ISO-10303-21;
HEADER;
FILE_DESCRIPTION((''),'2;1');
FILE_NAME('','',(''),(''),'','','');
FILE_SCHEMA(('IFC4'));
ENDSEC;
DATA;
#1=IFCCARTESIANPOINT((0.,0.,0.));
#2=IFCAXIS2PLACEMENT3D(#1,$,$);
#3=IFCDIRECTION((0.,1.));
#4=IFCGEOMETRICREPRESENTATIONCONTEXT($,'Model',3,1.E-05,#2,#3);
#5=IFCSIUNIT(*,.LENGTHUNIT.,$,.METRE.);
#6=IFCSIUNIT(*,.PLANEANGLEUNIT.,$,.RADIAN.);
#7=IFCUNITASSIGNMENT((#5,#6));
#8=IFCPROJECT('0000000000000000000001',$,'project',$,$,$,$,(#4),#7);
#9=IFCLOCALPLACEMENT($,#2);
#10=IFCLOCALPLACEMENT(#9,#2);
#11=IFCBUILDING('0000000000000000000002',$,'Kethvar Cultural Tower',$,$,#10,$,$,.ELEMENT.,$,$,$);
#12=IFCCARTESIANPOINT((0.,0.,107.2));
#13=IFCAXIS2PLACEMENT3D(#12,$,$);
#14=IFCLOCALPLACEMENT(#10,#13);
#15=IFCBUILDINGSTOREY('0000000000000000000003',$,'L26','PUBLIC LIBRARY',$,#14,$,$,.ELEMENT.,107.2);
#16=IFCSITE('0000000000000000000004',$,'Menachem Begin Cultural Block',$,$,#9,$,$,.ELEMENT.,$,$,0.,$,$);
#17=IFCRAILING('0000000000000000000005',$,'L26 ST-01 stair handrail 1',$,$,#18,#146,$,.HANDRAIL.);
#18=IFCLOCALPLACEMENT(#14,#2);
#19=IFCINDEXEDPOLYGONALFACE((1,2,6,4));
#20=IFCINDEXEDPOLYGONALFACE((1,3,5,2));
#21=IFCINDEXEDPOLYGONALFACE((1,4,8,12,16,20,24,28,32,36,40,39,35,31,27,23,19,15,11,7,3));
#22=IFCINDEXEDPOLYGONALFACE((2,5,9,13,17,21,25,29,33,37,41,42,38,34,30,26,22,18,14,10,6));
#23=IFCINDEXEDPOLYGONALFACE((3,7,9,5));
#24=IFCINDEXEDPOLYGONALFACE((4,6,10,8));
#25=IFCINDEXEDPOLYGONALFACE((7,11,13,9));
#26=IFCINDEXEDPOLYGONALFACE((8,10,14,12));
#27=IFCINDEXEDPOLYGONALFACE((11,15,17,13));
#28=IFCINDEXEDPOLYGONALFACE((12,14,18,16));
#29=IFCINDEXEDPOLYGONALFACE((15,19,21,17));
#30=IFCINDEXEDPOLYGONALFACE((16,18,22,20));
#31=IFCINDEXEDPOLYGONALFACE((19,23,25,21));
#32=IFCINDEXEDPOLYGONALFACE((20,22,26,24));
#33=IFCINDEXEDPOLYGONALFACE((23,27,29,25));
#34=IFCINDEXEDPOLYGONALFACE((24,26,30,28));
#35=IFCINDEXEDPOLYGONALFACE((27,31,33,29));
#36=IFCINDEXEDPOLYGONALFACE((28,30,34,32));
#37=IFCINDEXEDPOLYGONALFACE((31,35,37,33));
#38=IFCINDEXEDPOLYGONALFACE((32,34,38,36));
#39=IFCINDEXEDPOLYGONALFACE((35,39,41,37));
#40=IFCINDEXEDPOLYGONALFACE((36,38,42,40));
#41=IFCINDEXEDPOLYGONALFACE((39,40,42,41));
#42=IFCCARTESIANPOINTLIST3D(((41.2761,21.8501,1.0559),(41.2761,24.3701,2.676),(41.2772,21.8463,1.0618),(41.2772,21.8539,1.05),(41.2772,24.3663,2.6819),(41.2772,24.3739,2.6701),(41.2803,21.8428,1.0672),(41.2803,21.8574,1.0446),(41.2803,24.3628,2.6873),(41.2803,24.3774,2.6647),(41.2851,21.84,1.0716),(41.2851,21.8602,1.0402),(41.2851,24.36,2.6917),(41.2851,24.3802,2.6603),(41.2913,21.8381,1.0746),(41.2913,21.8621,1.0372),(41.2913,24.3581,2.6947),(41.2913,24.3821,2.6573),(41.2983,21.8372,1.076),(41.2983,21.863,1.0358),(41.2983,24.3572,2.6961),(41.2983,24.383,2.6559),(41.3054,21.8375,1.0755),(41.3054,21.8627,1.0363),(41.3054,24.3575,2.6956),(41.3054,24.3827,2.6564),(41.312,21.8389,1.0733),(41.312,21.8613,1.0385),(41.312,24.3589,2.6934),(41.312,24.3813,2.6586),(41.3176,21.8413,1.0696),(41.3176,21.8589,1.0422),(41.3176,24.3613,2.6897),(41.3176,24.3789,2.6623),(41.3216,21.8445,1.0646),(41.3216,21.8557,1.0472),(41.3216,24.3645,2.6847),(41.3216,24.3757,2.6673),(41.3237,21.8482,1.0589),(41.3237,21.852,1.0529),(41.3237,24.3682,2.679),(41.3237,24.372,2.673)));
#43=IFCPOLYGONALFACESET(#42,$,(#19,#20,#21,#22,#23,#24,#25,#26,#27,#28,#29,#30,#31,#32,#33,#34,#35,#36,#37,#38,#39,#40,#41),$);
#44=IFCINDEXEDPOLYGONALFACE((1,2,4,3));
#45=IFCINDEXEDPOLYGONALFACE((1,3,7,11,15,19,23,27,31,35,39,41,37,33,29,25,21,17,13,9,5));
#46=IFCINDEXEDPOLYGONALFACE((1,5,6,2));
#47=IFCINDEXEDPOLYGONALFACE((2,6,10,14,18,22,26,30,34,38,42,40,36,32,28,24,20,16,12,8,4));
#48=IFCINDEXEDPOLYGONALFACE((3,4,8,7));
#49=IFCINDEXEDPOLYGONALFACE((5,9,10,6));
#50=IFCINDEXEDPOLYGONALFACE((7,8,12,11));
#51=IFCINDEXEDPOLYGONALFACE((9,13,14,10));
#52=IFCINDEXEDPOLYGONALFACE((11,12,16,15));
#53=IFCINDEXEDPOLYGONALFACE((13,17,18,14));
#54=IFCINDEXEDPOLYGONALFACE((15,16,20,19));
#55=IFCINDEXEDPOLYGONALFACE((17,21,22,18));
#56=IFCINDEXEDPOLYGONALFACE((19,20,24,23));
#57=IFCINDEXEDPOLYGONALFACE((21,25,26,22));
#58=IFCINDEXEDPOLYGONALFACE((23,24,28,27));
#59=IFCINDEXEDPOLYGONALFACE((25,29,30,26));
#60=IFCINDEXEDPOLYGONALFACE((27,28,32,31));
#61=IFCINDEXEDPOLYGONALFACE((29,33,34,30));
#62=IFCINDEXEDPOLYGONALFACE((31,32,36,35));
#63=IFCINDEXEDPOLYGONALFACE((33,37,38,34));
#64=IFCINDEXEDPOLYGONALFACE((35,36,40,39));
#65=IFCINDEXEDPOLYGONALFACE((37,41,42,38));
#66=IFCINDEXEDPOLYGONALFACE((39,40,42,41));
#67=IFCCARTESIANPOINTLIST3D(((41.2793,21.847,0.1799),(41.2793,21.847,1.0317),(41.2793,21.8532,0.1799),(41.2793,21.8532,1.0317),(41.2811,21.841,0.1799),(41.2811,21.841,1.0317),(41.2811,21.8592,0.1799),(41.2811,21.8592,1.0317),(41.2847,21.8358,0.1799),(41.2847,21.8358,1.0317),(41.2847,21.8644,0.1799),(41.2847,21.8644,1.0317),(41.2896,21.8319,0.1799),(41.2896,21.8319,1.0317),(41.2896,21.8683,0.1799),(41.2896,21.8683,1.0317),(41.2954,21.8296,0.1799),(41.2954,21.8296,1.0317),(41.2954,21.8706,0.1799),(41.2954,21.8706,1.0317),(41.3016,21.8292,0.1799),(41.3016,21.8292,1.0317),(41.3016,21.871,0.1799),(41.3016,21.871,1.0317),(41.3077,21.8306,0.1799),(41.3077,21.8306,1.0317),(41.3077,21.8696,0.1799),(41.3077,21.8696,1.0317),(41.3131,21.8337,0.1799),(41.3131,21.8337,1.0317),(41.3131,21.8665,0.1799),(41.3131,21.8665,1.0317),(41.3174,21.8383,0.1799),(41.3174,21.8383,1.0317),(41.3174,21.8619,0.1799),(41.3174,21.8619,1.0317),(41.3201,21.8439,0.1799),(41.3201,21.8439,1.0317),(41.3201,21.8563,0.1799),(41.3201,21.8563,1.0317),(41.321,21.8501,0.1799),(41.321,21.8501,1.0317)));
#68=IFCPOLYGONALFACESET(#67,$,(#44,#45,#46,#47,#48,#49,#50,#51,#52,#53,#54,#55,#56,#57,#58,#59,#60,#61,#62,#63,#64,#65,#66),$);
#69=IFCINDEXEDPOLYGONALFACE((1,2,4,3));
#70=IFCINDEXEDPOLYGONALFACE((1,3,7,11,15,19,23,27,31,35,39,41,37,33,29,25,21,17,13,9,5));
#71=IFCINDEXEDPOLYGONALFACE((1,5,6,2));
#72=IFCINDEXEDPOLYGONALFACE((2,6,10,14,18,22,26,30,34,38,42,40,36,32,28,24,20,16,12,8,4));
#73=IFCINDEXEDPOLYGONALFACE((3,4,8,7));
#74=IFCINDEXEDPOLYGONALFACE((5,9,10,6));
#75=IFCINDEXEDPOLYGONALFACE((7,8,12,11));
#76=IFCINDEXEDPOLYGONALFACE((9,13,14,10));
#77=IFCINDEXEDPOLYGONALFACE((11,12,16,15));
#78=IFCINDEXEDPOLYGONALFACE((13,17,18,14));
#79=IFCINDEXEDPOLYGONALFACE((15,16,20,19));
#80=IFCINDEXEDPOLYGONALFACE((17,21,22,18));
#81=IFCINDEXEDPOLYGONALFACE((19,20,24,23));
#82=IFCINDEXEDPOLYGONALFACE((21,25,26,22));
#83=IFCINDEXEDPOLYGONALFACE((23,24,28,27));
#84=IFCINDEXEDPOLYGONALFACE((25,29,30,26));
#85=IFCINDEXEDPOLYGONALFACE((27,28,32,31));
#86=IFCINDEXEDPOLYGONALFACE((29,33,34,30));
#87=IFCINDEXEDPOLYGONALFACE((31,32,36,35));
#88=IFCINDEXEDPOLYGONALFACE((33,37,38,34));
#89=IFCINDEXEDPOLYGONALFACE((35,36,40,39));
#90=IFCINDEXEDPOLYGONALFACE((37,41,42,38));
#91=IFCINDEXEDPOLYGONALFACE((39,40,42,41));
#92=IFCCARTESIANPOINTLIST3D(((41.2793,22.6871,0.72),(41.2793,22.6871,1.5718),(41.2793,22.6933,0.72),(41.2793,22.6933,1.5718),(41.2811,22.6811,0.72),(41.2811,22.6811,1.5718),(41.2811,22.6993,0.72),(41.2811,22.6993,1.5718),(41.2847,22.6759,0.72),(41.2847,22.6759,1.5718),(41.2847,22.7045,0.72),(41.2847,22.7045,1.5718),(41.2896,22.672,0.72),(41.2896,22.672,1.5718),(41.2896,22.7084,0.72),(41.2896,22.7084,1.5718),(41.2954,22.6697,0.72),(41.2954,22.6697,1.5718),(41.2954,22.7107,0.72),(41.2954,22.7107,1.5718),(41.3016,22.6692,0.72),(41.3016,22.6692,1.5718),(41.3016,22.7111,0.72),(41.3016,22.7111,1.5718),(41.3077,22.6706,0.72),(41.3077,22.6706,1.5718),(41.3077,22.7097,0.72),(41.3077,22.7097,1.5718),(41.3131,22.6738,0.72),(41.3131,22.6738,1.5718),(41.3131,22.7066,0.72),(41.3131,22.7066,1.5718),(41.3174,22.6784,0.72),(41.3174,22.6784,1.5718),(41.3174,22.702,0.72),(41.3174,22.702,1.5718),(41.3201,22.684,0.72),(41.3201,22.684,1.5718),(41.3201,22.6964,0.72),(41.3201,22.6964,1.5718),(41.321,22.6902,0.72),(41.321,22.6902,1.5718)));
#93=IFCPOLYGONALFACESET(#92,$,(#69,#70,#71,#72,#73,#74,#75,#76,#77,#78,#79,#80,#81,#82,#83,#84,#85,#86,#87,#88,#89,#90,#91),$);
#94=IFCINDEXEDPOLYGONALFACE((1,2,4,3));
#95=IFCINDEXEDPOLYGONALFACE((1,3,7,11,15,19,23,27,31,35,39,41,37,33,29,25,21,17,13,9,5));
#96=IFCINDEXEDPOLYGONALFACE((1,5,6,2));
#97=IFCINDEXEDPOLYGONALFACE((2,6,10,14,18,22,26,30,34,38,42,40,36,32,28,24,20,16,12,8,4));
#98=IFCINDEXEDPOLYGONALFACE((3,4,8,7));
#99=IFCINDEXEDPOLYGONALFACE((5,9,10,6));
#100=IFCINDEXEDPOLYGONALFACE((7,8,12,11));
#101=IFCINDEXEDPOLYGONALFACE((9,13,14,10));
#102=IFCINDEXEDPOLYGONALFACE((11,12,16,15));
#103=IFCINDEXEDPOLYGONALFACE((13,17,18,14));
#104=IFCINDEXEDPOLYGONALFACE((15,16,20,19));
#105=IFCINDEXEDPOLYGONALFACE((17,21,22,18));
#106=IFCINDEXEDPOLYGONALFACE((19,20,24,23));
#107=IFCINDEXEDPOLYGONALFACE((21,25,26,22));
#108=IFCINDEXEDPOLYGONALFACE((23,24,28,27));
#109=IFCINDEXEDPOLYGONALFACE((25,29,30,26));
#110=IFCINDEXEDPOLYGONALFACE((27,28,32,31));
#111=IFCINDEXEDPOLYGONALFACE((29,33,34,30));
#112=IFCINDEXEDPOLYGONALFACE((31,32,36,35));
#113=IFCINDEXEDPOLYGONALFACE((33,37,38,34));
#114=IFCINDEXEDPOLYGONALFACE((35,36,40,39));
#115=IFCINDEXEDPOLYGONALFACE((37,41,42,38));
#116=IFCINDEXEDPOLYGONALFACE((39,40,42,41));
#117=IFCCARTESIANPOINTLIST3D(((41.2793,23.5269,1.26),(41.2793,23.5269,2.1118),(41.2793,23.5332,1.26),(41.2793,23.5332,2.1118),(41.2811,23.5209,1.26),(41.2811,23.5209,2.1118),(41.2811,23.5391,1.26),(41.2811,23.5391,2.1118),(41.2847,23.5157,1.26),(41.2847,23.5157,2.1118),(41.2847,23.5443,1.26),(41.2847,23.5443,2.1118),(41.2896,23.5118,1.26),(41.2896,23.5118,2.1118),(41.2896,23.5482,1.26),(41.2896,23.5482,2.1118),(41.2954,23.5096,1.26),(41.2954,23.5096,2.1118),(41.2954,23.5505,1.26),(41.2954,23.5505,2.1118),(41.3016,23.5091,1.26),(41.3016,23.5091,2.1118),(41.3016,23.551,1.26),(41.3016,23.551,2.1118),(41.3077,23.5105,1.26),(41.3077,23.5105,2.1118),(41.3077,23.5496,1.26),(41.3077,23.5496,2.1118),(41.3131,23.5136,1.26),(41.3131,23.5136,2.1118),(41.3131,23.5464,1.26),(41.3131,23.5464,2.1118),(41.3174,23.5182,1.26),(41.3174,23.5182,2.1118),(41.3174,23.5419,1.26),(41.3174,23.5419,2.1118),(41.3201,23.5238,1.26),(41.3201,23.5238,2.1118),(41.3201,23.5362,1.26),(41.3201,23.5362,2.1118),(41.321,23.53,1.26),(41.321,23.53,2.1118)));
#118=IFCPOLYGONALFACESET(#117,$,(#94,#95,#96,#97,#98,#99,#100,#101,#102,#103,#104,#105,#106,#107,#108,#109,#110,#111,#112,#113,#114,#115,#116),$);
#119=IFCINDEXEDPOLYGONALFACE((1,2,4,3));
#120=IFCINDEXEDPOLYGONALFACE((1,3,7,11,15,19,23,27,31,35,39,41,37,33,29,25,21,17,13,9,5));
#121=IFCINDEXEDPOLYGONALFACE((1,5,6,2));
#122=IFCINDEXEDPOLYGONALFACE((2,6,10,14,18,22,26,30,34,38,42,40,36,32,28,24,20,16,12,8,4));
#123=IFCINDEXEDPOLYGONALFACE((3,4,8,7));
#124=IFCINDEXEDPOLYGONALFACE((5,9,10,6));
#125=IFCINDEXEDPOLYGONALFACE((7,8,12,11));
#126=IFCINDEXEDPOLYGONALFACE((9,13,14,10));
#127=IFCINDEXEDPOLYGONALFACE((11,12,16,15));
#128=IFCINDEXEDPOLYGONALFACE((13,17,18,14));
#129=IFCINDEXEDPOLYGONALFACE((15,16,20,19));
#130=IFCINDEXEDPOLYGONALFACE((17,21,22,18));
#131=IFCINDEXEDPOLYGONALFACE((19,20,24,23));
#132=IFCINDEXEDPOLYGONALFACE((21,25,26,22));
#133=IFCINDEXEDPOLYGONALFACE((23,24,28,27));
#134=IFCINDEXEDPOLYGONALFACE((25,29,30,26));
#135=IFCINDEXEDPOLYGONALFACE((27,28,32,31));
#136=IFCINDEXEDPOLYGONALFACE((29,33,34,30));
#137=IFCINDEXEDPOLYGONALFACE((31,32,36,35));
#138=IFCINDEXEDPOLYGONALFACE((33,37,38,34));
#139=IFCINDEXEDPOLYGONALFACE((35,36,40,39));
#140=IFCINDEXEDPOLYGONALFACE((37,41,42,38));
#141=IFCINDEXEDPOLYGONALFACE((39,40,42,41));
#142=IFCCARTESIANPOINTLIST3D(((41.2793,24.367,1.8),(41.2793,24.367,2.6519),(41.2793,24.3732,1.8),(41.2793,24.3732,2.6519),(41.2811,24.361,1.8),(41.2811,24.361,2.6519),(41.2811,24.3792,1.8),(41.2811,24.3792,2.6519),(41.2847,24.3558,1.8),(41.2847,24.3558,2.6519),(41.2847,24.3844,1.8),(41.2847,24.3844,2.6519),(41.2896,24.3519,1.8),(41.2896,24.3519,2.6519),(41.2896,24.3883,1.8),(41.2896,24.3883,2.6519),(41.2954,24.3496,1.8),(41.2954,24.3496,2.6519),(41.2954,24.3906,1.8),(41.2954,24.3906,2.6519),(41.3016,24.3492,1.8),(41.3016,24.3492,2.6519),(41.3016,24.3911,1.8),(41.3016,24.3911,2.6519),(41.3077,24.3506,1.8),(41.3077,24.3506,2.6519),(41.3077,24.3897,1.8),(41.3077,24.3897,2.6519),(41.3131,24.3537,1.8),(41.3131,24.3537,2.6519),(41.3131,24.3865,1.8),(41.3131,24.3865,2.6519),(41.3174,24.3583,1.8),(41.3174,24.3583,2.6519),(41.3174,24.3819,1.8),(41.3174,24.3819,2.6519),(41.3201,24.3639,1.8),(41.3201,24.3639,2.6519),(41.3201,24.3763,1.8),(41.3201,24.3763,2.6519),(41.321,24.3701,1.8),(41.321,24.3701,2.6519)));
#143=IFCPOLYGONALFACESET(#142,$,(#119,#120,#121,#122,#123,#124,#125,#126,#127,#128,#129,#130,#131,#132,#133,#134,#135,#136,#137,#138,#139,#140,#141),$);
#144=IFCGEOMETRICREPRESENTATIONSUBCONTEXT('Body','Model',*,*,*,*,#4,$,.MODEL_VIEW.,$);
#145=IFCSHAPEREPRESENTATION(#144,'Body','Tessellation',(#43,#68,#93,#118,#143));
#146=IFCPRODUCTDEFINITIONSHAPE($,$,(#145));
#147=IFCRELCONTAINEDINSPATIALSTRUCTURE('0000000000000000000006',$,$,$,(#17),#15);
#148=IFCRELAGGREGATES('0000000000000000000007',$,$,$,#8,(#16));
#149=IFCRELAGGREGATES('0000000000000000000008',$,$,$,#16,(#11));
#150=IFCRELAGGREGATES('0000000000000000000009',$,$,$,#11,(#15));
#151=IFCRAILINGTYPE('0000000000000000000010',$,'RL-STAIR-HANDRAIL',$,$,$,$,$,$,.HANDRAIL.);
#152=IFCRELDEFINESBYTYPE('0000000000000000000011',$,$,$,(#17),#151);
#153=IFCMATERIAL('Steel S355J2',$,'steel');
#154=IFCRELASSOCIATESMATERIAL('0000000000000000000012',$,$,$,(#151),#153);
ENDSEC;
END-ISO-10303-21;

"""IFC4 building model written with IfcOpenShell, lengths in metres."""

from ifc_helpers import new_model, si_unit, direction, frame, origin, origin_2d, place, context, subcontext, project, spatial, circle, extrude, material, type_object, element, save


model = new_model("IFC4")

# Units and contexts
model_context = context("Model", 3, precision=1e-05, world=origin(), true_north=direction((0.0, 1.0)))
body_context = subcontext(model_context, "Body", "Model", "MODEL_VIEW")
ifc_project = project(units=[si_unit("LENGTHUNIT", "METRE"), si_unit("PLANEANGLEUNIT", "RADIAN")], contexts=[model_context])

# Site, building, storey
site_placement = place(None, origin())
site = spatial("IfcSite", under=ifc_project, at=site_placement, Name="Menachem Begin Cultural Block", CompositionType="ELEMENT", RefElevation=0.0)
building_placement = place(site_placement, origin())
building = spatial("IfcBuilding", under=site, at=building_placement, Name="Kethvar Cultural Tower", CompositionType="ELEMENT")
storey_placement = place(building_placement, frame((0.0, 0.0, 107.2)))
storey = spatial("IfcBuildingStorey", under=building, at=storey_placement, Name="L26", Description="PUBLIC LIBRARY", CompositionType="ELEMENT", Elevation=107.2)

# Shared definitions
ifc_material_1 = material(Name="Steel S355J2", Category="steel")

# Railing
railing_type_1 = type_object("IfcRailingType", Name="RL-STAIR-HANDRAIL", PredefinedType="HANDRAIL", material=ifc_material_1)
railing_1_placement = place(storey_placement, frame((41.3, 21.8501, 0.1799)))
element("IfcRailing", 1, at=railing_1_placement, inside=storey, type_object=railing_type_1, Name="L26 ST-01 stair handrail 1", PredefinedType="HANDRAIL", context=body_context, shape_type="SweptSolid", body=[
    extrude(circle(Radius=0.0239, at=origin_2d()), frame((0.0, 0.0, 0.876), z_axis=(0.0, 0.841163, 0.540782), x_axis=(-1.0, 0.0, 0.0)), (0.0, 0.0, 1.0), 2.9958),
    extrude(circle(Radius=0.021, at=origin_2d()), origin(), (0.0, 0.0, 1.0), 0.8518),
    extrude(circle(Radius=0.021, at=origin_2d()), frame((0.0, 0.8401, 0.54)), (0.0, 0.0, 1.0), 0.8518),
    extrude(circle(Radius=0.021, at=origin_2d()), frame((0.0, 1.6799, 1.0801)), (0.0, 0.0, 1.0), 0.8518),
    extrude(circle(Radius=0.021, at=origin_2d()), frame((0.0, 2.52, 1.6201)), (0.0, 0.0, 1.0), 0.8518),
])

save(model, "model.ifc")
